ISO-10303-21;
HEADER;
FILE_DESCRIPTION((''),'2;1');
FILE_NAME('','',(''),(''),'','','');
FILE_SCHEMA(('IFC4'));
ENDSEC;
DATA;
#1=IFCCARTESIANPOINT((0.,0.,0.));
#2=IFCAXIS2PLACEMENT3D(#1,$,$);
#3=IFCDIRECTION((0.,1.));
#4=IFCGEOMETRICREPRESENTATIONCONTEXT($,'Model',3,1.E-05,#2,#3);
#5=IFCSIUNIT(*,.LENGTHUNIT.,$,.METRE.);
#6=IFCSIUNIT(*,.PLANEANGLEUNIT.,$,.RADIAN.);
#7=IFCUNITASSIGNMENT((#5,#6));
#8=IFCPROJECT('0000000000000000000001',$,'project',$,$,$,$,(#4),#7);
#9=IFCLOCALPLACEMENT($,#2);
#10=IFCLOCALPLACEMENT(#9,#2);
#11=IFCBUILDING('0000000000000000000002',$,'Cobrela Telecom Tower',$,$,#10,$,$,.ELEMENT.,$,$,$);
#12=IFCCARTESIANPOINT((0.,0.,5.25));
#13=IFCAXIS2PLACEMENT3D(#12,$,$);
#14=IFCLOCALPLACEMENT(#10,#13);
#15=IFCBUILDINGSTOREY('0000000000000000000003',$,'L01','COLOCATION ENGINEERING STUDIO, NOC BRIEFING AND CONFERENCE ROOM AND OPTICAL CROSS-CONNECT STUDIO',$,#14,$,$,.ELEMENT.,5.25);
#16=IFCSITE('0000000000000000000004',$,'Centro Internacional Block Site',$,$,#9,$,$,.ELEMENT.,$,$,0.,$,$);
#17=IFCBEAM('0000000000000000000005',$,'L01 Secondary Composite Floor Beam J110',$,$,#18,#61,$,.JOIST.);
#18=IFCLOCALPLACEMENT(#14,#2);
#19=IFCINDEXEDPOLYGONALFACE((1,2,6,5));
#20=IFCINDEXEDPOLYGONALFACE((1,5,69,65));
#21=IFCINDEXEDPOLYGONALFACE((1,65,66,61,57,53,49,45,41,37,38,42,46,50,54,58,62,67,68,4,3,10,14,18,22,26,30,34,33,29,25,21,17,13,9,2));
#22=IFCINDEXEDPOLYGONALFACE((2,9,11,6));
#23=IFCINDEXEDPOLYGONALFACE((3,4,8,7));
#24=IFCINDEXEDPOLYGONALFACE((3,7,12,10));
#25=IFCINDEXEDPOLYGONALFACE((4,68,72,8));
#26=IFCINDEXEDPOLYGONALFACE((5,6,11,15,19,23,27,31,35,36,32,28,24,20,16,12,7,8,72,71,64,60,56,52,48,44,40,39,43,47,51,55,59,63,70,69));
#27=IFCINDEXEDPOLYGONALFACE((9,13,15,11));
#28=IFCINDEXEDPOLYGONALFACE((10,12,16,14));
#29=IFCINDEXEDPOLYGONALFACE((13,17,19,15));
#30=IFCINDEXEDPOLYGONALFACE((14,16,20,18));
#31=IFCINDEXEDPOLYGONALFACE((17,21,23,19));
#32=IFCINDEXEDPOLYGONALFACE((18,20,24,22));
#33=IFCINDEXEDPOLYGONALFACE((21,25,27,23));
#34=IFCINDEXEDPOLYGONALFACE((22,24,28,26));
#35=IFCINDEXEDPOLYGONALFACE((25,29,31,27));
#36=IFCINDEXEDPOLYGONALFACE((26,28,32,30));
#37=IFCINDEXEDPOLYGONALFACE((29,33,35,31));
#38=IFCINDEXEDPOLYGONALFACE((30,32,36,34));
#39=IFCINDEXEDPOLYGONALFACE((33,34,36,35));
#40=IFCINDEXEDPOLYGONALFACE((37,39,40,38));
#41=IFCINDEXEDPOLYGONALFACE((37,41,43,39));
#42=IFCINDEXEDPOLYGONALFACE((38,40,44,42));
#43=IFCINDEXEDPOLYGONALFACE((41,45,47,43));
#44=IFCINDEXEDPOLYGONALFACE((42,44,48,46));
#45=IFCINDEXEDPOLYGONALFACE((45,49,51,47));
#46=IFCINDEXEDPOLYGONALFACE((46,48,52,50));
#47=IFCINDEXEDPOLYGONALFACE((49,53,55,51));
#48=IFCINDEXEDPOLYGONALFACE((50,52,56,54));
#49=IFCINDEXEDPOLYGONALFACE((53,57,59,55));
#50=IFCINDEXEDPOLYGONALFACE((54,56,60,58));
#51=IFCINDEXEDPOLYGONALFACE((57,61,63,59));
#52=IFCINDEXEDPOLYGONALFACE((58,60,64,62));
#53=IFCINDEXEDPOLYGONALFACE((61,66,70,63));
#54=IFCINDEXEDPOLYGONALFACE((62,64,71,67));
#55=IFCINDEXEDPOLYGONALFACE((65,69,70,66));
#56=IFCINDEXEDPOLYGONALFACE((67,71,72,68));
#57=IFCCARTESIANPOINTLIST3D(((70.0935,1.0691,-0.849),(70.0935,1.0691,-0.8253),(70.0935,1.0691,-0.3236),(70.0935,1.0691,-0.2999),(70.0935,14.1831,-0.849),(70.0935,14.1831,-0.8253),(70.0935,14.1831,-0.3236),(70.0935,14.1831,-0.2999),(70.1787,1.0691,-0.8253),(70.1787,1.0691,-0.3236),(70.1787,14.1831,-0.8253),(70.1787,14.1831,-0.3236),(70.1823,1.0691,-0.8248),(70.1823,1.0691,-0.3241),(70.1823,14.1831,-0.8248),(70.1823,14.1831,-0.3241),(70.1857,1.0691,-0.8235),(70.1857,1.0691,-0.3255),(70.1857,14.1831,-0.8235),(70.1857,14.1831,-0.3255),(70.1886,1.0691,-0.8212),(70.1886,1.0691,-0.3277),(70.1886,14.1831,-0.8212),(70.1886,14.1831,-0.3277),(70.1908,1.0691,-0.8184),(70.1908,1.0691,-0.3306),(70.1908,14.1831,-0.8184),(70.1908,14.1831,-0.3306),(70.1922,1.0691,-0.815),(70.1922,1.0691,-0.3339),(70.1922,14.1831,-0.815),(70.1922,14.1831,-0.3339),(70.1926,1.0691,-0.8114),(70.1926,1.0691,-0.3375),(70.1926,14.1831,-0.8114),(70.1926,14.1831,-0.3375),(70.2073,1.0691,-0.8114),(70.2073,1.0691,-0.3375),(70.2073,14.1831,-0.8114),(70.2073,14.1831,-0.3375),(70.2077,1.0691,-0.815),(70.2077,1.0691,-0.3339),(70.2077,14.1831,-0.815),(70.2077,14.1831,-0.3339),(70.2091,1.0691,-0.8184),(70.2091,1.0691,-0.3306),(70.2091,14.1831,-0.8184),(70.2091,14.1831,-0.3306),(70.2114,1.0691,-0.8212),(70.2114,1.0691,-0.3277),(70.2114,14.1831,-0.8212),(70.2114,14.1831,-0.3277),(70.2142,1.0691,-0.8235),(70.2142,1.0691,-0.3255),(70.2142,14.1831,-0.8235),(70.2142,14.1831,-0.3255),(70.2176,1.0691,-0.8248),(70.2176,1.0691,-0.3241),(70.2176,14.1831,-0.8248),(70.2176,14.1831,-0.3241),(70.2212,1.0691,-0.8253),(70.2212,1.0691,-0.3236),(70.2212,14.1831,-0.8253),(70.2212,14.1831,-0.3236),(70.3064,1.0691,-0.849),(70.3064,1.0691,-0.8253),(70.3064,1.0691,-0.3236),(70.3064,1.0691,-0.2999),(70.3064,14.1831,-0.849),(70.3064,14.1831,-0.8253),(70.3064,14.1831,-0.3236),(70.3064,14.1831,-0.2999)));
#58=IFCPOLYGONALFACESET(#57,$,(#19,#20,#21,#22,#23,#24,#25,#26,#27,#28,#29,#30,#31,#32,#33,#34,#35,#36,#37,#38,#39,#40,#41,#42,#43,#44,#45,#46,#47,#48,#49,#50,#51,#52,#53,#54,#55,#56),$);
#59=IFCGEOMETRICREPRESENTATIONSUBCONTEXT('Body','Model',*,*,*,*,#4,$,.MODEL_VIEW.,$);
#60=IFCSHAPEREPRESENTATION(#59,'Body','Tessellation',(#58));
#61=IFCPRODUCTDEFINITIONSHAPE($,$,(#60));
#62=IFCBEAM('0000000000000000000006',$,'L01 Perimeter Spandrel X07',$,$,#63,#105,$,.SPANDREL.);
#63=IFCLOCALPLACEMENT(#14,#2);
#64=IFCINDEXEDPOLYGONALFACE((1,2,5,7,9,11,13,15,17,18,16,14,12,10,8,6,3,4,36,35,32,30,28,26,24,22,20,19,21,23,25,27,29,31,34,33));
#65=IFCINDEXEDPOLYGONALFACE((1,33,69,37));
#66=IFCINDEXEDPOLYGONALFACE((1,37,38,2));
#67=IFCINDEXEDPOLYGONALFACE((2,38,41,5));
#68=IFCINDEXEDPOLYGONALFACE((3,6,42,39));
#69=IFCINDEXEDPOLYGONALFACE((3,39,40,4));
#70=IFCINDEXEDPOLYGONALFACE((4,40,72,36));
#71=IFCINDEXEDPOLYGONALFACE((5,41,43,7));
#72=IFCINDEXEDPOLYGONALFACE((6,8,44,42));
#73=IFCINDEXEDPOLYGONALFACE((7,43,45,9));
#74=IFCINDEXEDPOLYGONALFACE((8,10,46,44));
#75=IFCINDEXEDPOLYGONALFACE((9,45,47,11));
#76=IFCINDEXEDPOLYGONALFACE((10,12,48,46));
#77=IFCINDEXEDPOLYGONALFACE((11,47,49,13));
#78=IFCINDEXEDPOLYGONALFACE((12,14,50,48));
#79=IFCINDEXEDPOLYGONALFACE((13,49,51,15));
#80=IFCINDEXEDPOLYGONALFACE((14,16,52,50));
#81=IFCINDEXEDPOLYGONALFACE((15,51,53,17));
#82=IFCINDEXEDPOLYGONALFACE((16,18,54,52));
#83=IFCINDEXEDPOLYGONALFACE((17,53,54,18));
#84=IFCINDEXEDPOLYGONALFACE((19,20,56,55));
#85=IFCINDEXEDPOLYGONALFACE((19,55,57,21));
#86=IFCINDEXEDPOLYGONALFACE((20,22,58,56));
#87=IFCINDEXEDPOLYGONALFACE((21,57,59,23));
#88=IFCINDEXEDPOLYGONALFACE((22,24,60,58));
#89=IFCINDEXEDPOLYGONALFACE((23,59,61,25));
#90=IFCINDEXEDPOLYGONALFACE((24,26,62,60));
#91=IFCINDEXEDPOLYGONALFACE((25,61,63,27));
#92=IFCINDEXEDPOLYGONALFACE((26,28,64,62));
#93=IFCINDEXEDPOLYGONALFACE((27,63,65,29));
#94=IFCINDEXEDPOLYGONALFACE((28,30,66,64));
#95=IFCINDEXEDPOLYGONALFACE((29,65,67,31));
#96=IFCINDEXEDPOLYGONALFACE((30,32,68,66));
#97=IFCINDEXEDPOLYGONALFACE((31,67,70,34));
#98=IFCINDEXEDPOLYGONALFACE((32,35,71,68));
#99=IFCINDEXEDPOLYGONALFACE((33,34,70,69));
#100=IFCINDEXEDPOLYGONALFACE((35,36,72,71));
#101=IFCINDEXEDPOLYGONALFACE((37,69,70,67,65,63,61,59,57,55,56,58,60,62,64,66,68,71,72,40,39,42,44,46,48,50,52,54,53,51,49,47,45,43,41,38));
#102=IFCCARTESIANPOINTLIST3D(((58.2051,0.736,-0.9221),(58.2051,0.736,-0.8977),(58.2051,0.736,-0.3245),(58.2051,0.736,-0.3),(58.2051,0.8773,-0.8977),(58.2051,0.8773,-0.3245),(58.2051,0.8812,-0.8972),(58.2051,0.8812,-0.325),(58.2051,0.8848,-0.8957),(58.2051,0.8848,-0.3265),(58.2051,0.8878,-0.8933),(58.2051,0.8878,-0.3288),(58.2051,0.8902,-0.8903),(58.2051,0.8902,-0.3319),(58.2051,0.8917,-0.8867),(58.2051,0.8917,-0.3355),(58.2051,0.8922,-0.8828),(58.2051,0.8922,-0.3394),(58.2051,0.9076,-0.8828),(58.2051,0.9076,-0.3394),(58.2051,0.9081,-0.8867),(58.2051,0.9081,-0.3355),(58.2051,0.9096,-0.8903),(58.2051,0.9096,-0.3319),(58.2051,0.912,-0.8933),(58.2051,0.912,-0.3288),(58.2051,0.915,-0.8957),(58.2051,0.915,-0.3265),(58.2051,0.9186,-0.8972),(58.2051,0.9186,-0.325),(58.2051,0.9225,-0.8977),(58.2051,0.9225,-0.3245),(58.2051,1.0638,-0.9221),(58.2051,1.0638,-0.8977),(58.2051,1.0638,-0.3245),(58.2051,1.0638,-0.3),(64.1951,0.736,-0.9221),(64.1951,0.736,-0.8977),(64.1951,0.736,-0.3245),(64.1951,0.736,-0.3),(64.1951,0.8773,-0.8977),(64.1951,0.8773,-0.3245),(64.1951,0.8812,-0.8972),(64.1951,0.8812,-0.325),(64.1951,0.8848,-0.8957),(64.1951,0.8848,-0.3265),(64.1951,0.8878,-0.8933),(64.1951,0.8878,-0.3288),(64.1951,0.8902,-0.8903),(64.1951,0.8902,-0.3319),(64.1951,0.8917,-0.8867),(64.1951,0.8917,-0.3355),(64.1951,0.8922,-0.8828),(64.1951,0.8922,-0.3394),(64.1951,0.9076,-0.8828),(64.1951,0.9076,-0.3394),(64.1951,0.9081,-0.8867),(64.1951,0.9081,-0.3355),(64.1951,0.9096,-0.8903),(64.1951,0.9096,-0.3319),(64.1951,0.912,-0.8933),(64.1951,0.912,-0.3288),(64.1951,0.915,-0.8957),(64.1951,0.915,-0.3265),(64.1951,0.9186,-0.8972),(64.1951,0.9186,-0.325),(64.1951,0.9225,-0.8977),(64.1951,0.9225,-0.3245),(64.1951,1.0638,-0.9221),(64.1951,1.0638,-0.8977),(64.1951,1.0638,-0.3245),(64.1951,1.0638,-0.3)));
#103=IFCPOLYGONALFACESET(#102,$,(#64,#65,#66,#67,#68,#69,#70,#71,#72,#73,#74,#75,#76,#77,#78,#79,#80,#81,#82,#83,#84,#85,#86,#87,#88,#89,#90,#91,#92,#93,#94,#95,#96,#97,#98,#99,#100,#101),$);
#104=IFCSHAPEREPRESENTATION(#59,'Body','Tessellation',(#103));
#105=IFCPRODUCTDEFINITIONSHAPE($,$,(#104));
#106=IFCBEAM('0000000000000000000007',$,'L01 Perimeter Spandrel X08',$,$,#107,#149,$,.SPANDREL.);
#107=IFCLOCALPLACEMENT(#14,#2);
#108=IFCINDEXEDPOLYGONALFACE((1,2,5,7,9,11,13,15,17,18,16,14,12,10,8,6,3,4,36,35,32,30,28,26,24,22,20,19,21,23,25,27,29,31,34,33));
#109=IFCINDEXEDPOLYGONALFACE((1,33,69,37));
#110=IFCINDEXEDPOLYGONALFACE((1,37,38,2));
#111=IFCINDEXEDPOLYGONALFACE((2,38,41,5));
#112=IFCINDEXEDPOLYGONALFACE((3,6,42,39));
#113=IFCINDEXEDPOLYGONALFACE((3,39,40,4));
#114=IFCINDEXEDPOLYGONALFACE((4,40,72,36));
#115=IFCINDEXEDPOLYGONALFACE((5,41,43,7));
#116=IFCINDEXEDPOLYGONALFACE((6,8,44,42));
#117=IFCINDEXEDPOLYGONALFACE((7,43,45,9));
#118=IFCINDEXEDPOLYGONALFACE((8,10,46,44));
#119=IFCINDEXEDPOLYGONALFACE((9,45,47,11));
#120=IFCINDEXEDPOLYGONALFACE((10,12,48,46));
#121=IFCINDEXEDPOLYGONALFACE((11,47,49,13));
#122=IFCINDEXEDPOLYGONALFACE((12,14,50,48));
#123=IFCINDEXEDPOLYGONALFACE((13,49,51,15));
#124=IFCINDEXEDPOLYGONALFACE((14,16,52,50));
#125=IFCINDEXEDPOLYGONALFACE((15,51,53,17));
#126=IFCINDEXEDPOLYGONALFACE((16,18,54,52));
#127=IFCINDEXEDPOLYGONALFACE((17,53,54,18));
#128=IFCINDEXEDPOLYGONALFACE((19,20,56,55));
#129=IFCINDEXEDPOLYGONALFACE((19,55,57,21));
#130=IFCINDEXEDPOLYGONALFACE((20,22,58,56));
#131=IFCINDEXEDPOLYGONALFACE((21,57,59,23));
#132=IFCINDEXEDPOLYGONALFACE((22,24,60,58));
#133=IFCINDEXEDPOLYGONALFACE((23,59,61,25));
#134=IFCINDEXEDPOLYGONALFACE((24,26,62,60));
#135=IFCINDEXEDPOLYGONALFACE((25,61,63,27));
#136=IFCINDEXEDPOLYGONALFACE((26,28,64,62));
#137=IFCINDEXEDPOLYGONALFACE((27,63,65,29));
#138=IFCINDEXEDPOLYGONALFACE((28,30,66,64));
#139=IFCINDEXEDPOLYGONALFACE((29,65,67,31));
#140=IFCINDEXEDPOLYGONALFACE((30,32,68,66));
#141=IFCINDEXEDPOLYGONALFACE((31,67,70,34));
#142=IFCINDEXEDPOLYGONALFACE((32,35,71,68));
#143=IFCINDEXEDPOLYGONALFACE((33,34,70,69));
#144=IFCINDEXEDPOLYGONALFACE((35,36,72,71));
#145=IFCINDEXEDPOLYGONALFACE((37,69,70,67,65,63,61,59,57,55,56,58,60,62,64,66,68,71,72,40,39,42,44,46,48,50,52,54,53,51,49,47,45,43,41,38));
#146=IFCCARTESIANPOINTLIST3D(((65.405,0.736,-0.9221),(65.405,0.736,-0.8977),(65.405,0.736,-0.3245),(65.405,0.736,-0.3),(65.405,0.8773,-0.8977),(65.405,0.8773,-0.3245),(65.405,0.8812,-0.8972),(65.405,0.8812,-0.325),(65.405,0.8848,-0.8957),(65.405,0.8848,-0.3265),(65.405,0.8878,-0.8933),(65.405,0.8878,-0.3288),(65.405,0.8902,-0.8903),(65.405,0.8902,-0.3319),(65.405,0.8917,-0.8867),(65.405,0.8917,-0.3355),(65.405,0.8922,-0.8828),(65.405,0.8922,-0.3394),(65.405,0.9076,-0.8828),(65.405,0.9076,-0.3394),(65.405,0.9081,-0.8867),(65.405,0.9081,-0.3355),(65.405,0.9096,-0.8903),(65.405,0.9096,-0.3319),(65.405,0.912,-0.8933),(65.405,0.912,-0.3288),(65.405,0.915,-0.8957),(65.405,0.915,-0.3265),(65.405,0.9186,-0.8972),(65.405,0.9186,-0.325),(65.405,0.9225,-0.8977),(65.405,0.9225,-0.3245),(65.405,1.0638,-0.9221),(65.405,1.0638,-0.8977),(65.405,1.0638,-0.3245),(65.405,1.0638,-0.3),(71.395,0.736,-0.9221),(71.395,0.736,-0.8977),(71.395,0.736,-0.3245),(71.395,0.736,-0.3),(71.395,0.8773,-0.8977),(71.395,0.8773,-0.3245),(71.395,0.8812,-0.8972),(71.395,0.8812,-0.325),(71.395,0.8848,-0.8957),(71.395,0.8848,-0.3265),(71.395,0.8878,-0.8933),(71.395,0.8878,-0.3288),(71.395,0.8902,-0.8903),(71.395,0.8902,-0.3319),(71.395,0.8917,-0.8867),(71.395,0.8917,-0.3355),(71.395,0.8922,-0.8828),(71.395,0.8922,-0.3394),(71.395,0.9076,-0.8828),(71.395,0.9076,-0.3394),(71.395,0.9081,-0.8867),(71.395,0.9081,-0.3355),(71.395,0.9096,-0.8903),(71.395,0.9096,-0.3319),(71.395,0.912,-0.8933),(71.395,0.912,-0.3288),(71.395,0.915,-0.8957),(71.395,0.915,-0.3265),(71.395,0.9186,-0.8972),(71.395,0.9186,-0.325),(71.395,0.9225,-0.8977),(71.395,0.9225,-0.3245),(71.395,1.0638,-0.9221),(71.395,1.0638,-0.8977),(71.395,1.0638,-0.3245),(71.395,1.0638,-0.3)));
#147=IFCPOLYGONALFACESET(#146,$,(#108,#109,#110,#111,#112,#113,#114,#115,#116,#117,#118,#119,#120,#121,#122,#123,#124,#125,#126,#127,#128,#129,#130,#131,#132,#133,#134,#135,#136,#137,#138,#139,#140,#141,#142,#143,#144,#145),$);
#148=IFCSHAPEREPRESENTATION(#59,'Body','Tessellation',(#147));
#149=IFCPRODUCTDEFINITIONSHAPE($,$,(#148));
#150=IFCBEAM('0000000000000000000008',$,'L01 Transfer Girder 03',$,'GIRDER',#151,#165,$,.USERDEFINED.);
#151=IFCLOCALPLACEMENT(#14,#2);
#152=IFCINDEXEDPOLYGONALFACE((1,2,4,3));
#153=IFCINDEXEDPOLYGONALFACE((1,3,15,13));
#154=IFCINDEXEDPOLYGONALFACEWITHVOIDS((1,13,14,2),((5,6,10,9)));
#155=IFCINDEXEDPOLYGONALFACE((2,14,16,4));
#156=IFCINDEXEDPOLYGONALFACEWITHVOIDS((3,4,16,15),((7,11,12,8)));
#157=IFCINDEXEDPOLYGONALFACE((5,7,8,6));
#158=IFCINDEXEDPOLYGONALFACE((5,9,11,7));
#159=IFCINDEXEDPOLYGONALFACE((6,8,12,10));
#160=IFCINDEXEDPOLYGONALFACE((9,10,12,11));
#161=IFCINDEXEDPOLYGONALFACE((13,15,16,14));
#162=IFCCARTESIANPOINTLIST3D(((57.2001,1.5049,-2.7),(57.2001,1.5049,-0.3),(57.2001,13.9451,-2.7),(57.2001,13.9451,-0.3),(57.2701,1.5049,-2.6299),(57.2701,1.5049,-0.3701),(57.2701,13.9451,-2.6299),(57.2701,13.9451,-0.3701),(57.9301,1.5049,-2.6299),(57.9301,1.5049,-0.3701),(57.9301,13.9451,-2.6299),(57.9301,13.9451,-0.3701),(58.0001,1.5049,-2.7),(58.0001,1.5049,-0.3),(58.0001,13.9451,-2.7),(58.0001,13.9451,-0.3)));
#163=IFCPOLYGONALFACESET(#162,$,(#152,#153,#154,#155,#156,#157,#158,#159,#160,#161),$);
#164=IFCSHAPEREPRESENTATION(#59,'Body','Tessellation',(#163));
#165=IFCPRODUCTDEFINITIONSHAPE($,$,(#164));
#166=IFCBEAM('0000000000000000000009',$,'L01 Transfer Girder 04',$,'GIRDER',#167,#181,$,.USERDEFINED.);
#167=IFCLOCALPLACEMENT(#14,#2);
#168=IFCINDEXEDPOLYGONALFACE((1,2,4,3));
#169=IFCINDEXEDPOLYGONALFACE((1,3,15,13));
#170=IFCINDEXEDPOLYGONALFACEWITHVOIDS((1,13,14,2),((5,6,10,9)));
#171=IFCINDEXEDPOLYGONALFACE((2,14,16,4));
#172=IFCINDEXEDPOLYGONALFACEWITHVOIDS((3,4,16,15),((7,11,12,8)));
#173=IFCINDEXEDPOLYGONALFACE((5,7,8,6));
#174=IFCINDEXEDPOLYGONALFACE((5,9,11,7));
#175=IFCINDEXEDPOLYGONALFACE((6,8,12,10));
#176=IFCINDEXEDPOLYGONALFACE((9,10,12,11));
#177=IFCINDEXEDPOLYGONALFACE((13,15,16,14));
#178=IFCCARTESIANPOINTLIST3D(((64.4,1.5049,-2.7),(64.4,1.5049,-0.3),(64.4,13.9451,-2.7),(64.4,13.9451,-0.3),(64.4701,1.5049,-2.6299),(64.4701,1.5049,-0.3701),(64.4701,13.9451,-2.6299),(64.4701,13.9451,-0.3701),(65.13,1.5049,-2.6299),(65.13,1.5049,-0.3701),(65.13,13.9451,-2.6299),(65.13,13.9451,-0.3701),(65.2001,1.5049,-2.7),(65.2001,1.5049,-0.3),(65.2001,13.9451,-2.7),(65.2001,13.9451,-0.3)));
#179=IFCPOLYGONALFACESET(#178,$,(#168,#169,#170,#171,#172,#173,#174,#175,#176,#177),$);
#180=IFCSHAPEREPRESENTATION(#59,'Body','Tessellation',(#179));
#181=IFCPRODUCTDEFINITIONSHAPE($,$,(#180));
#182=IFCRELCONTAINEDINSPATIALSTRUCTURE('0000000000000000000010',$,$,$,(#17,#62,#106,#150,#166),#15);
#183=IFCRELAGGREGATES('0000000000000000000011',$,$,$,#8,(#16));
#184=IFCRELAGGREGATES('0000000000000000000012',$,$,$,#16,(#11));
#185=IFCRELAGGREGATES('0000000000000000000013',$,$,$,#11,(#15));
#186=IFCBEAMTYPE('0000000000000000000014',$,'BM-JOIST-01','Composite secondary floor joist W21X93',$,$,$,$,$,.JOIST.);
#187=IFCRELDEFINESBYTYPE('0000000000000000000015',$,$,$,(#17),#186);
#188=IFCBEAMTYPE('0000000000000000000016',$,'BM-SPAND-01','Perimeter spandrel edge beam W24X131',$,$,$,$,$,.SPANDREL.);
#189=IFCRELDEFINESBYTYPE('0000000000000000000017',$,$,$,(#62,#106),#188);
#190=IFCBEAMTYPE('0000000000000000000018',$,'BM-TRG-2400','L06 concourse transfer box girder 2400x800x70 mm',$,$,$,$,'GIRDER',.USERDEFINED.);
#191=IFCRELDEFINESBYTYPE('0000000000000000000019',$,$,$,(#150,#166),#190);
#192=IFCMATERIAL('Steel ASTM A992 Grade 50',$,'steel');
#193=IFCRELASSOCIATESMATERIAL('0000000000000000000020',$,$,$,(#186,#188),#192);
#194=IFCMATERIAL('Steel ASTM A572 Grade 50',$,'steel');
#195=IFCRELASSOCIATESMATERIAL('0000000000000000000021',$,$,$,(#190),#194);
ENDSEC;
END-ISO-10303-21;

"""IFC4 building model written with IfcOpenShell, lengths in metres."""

from ifc_helpers import new_model, si_unit, direction, frame, origin, origin_2d, place, context, subcontext, project, spatial, hollow_rectangle, i_section, extrude, material, material_profile, profile_set, type_object, element, save


model = new_model("IFC4")

# Units and contexts
model_context = context("Model", 3, precision=1e-05, world=origin(), true_north=direction((0.0, 1.0)))
body_context = subcontext(model_context, "Body", "Model", "MODEL_VIEW")
ifc_project = project(units=[si_unit("LENGTHUNIT", "METRE"), si_unit("PLANEANGLEUNIT", "RADIAN")], contexts=[model_context])

# Site, building, storey
site_placement = place(None, origin())
site = spatial("IfcSite", under=ifc_project, at=site_placement, Name="Centro Internacional Block Site", CompositionType="ELEMENT", RefElevation=0.0)
building_placement = place(site_placement, origin())
building = spatial("IfcBuilding", under=site, at=building_placement, Name="Cobrela Telecom Tower", CompositionType="ELEMENT")
storey_placement = place(building_placement, frame((0.0, 0.0, 5.25)))
storey = spatial("IfcBuildingStorey", under=building, at=storey_placement, Name="L01", Description="COLOCATION ENGINEERING STUDIO, NOC BRIEFING AND CONFERENCE ROOM AND OPTICAL CROSS-CONNECT STUDIO", CompositionType="ELEMENT", Elevation=5.25)

# Shared definitions
ifc_material_1 = material(Name="Steel ASTM A572 Grade 50", Category="steel")

# Beams
ifc_material_2 = material(Name="Steel ASTM A992 Grade 50", Category="steel")
ifc_material_profile_1 = material_profile(ifc_material_2, i_section(OverallWidth=0.2129, OverallDepth=0.5491, WebThickness=0.0146, FlangeThickness=0.0237, FilletRadius=0.0139, at=origin_2d()), Name="W21X93")
ifc_profile_set_1 = profile_set([ifc_material_profile_1], Name="Steel ASTM A992 Grade 50")
beam_type_1 = type_object("IfcBeamType", Name="BM-JOIST-01", Description="Composite secondary floor joist W21X93", PredefinedType="JOIST", material=ifc_profile_set_1)
for number, where, z_axis, x_axis, name in (
    (1, (70.2, 1.0691, -0.5745), (0.0, 1.0, 0.0), (-1.0, 0.0, 0.0), "L01 Secondary Composite Floor Beam J110"),
):
    element("IfcBeam", number, at=place(storey_placement, frame(where, z_axis=z_axis, x_axis=x_axis)), inside=storey, type_object=beam_type_1, Name=name, PredefinedType="JOIST", context=body_context, shape_type="SweptSolid", body=[
        extrude(i_section(OverallWidth=0.2129, OverallDepth=0.5491, WebThickness=0.0146, FlangeThickness=0.0237, FilletRadius=0.0139, at=origin_2d()), origin(), (0.0, 0.0, 1.0), 13.114),
    ])
ifc_material_profile_2 = material_profile(ifc_material_2, i_section(OverallWidth=0.3279, OverallDepth=0.6221, WebThickness=0.0154, FlangeThickness=0.0244, FilletRadius=0.0149, at=origin_2d()), Name="W24X131")
ifc_profile_set_2 = profile_set([ifc_material_profile_2], Name="Steel ASTM A992 Grade 50")
beam_type_2 = type_object("IfcBeamType", Name="BM-SPAND-01", Description="Perimeter spandrel edge beam W24X131", PredefinedType="SPANDREL", material=ifc_profile_set_2)
for number, where, z_axis, x_axis, name in (
    (2, (58.2051, 0.8999, -0.6111), (1.0, 0.0, 0.0), (0.0, 1.0, 0.0), "L01 Perimeter Spandrel X07"),
    (3, (65.405, 0.8999, -0.6111), (1.0, 0.0, 0.0), (0.0, 1.0, 0.0), "L01 Perimeter Spandrel X08"),
):
    element("IfcBeam", number, at=place(storey_placement, frame(where, z_axis=z_axis, x_axis=x_axis)), inside=storey, type_object=beam_type_2, Name=name, PredefinedType="SPANDREL", context=body_context, shape_type="SweptSolid", body=[
        extrude(i_section(OverallWidth=0.3279, OverallDepth=0.6221, WebThickness=0.0154, FlangeThickness=0.0244, FilletRadius=0.0149, at=origin_2d()), origin(), (0.0, 0.0, 1.0), 5.99),
    ])
ifc_material_profile_3 = material_profile(ifc_material_1, hollow_rectangle(XDim=0.8, YDim=2.3999, WallThickness=0.0701, at=origin_2d()), Name="BOX 2400x800x70")
ifc_profile_set_3 = profile_set([ifc_material_profile_3], Name="Steel ASTM A572 Grade 50")
beam_type_3 = type_object("IfcBeamType", Name="BM-TRG-2400", Description="L06 concourse transfer box girder 2400x800x70 mm", ElementType="GIRDER", PredefinedType="USERDEFINED", material=ifc_profile_set_3)
for number, where, z_axis, x_axis, name in (
    (4, (57.6001, 1.5049, -1.5), (0.0, 1.0, 0.0), (-1.0, 0.0, 0.0), "L01 Transfer Girder 03"),
    (5, (64.8, 1.5049, -1.5), (0.0, 1.0, 0.0), (-1.0, 0.0, 0.0), "L01 Transfer Girder 04"),
):
    element("IfcBeam", number, at=place(storey_placement, frame(where, z_axis=z_axis, x_axis=x_axis)), inside=storey, type_object=beam_type_3, Name=name, ObjectType="GIRDER", PredefinedType="USERDEFINED", context=body_context, shape_type="SweptSolid", body=[
        extrude(hollow_rectangle(XDim=0.8, YDim=2.3999, WallThickness=0.0701, at=origin_2d()), origin(), (0.0, 0.0, 1.0), 12.4402),
    ])

save(model, "model.ifc")
